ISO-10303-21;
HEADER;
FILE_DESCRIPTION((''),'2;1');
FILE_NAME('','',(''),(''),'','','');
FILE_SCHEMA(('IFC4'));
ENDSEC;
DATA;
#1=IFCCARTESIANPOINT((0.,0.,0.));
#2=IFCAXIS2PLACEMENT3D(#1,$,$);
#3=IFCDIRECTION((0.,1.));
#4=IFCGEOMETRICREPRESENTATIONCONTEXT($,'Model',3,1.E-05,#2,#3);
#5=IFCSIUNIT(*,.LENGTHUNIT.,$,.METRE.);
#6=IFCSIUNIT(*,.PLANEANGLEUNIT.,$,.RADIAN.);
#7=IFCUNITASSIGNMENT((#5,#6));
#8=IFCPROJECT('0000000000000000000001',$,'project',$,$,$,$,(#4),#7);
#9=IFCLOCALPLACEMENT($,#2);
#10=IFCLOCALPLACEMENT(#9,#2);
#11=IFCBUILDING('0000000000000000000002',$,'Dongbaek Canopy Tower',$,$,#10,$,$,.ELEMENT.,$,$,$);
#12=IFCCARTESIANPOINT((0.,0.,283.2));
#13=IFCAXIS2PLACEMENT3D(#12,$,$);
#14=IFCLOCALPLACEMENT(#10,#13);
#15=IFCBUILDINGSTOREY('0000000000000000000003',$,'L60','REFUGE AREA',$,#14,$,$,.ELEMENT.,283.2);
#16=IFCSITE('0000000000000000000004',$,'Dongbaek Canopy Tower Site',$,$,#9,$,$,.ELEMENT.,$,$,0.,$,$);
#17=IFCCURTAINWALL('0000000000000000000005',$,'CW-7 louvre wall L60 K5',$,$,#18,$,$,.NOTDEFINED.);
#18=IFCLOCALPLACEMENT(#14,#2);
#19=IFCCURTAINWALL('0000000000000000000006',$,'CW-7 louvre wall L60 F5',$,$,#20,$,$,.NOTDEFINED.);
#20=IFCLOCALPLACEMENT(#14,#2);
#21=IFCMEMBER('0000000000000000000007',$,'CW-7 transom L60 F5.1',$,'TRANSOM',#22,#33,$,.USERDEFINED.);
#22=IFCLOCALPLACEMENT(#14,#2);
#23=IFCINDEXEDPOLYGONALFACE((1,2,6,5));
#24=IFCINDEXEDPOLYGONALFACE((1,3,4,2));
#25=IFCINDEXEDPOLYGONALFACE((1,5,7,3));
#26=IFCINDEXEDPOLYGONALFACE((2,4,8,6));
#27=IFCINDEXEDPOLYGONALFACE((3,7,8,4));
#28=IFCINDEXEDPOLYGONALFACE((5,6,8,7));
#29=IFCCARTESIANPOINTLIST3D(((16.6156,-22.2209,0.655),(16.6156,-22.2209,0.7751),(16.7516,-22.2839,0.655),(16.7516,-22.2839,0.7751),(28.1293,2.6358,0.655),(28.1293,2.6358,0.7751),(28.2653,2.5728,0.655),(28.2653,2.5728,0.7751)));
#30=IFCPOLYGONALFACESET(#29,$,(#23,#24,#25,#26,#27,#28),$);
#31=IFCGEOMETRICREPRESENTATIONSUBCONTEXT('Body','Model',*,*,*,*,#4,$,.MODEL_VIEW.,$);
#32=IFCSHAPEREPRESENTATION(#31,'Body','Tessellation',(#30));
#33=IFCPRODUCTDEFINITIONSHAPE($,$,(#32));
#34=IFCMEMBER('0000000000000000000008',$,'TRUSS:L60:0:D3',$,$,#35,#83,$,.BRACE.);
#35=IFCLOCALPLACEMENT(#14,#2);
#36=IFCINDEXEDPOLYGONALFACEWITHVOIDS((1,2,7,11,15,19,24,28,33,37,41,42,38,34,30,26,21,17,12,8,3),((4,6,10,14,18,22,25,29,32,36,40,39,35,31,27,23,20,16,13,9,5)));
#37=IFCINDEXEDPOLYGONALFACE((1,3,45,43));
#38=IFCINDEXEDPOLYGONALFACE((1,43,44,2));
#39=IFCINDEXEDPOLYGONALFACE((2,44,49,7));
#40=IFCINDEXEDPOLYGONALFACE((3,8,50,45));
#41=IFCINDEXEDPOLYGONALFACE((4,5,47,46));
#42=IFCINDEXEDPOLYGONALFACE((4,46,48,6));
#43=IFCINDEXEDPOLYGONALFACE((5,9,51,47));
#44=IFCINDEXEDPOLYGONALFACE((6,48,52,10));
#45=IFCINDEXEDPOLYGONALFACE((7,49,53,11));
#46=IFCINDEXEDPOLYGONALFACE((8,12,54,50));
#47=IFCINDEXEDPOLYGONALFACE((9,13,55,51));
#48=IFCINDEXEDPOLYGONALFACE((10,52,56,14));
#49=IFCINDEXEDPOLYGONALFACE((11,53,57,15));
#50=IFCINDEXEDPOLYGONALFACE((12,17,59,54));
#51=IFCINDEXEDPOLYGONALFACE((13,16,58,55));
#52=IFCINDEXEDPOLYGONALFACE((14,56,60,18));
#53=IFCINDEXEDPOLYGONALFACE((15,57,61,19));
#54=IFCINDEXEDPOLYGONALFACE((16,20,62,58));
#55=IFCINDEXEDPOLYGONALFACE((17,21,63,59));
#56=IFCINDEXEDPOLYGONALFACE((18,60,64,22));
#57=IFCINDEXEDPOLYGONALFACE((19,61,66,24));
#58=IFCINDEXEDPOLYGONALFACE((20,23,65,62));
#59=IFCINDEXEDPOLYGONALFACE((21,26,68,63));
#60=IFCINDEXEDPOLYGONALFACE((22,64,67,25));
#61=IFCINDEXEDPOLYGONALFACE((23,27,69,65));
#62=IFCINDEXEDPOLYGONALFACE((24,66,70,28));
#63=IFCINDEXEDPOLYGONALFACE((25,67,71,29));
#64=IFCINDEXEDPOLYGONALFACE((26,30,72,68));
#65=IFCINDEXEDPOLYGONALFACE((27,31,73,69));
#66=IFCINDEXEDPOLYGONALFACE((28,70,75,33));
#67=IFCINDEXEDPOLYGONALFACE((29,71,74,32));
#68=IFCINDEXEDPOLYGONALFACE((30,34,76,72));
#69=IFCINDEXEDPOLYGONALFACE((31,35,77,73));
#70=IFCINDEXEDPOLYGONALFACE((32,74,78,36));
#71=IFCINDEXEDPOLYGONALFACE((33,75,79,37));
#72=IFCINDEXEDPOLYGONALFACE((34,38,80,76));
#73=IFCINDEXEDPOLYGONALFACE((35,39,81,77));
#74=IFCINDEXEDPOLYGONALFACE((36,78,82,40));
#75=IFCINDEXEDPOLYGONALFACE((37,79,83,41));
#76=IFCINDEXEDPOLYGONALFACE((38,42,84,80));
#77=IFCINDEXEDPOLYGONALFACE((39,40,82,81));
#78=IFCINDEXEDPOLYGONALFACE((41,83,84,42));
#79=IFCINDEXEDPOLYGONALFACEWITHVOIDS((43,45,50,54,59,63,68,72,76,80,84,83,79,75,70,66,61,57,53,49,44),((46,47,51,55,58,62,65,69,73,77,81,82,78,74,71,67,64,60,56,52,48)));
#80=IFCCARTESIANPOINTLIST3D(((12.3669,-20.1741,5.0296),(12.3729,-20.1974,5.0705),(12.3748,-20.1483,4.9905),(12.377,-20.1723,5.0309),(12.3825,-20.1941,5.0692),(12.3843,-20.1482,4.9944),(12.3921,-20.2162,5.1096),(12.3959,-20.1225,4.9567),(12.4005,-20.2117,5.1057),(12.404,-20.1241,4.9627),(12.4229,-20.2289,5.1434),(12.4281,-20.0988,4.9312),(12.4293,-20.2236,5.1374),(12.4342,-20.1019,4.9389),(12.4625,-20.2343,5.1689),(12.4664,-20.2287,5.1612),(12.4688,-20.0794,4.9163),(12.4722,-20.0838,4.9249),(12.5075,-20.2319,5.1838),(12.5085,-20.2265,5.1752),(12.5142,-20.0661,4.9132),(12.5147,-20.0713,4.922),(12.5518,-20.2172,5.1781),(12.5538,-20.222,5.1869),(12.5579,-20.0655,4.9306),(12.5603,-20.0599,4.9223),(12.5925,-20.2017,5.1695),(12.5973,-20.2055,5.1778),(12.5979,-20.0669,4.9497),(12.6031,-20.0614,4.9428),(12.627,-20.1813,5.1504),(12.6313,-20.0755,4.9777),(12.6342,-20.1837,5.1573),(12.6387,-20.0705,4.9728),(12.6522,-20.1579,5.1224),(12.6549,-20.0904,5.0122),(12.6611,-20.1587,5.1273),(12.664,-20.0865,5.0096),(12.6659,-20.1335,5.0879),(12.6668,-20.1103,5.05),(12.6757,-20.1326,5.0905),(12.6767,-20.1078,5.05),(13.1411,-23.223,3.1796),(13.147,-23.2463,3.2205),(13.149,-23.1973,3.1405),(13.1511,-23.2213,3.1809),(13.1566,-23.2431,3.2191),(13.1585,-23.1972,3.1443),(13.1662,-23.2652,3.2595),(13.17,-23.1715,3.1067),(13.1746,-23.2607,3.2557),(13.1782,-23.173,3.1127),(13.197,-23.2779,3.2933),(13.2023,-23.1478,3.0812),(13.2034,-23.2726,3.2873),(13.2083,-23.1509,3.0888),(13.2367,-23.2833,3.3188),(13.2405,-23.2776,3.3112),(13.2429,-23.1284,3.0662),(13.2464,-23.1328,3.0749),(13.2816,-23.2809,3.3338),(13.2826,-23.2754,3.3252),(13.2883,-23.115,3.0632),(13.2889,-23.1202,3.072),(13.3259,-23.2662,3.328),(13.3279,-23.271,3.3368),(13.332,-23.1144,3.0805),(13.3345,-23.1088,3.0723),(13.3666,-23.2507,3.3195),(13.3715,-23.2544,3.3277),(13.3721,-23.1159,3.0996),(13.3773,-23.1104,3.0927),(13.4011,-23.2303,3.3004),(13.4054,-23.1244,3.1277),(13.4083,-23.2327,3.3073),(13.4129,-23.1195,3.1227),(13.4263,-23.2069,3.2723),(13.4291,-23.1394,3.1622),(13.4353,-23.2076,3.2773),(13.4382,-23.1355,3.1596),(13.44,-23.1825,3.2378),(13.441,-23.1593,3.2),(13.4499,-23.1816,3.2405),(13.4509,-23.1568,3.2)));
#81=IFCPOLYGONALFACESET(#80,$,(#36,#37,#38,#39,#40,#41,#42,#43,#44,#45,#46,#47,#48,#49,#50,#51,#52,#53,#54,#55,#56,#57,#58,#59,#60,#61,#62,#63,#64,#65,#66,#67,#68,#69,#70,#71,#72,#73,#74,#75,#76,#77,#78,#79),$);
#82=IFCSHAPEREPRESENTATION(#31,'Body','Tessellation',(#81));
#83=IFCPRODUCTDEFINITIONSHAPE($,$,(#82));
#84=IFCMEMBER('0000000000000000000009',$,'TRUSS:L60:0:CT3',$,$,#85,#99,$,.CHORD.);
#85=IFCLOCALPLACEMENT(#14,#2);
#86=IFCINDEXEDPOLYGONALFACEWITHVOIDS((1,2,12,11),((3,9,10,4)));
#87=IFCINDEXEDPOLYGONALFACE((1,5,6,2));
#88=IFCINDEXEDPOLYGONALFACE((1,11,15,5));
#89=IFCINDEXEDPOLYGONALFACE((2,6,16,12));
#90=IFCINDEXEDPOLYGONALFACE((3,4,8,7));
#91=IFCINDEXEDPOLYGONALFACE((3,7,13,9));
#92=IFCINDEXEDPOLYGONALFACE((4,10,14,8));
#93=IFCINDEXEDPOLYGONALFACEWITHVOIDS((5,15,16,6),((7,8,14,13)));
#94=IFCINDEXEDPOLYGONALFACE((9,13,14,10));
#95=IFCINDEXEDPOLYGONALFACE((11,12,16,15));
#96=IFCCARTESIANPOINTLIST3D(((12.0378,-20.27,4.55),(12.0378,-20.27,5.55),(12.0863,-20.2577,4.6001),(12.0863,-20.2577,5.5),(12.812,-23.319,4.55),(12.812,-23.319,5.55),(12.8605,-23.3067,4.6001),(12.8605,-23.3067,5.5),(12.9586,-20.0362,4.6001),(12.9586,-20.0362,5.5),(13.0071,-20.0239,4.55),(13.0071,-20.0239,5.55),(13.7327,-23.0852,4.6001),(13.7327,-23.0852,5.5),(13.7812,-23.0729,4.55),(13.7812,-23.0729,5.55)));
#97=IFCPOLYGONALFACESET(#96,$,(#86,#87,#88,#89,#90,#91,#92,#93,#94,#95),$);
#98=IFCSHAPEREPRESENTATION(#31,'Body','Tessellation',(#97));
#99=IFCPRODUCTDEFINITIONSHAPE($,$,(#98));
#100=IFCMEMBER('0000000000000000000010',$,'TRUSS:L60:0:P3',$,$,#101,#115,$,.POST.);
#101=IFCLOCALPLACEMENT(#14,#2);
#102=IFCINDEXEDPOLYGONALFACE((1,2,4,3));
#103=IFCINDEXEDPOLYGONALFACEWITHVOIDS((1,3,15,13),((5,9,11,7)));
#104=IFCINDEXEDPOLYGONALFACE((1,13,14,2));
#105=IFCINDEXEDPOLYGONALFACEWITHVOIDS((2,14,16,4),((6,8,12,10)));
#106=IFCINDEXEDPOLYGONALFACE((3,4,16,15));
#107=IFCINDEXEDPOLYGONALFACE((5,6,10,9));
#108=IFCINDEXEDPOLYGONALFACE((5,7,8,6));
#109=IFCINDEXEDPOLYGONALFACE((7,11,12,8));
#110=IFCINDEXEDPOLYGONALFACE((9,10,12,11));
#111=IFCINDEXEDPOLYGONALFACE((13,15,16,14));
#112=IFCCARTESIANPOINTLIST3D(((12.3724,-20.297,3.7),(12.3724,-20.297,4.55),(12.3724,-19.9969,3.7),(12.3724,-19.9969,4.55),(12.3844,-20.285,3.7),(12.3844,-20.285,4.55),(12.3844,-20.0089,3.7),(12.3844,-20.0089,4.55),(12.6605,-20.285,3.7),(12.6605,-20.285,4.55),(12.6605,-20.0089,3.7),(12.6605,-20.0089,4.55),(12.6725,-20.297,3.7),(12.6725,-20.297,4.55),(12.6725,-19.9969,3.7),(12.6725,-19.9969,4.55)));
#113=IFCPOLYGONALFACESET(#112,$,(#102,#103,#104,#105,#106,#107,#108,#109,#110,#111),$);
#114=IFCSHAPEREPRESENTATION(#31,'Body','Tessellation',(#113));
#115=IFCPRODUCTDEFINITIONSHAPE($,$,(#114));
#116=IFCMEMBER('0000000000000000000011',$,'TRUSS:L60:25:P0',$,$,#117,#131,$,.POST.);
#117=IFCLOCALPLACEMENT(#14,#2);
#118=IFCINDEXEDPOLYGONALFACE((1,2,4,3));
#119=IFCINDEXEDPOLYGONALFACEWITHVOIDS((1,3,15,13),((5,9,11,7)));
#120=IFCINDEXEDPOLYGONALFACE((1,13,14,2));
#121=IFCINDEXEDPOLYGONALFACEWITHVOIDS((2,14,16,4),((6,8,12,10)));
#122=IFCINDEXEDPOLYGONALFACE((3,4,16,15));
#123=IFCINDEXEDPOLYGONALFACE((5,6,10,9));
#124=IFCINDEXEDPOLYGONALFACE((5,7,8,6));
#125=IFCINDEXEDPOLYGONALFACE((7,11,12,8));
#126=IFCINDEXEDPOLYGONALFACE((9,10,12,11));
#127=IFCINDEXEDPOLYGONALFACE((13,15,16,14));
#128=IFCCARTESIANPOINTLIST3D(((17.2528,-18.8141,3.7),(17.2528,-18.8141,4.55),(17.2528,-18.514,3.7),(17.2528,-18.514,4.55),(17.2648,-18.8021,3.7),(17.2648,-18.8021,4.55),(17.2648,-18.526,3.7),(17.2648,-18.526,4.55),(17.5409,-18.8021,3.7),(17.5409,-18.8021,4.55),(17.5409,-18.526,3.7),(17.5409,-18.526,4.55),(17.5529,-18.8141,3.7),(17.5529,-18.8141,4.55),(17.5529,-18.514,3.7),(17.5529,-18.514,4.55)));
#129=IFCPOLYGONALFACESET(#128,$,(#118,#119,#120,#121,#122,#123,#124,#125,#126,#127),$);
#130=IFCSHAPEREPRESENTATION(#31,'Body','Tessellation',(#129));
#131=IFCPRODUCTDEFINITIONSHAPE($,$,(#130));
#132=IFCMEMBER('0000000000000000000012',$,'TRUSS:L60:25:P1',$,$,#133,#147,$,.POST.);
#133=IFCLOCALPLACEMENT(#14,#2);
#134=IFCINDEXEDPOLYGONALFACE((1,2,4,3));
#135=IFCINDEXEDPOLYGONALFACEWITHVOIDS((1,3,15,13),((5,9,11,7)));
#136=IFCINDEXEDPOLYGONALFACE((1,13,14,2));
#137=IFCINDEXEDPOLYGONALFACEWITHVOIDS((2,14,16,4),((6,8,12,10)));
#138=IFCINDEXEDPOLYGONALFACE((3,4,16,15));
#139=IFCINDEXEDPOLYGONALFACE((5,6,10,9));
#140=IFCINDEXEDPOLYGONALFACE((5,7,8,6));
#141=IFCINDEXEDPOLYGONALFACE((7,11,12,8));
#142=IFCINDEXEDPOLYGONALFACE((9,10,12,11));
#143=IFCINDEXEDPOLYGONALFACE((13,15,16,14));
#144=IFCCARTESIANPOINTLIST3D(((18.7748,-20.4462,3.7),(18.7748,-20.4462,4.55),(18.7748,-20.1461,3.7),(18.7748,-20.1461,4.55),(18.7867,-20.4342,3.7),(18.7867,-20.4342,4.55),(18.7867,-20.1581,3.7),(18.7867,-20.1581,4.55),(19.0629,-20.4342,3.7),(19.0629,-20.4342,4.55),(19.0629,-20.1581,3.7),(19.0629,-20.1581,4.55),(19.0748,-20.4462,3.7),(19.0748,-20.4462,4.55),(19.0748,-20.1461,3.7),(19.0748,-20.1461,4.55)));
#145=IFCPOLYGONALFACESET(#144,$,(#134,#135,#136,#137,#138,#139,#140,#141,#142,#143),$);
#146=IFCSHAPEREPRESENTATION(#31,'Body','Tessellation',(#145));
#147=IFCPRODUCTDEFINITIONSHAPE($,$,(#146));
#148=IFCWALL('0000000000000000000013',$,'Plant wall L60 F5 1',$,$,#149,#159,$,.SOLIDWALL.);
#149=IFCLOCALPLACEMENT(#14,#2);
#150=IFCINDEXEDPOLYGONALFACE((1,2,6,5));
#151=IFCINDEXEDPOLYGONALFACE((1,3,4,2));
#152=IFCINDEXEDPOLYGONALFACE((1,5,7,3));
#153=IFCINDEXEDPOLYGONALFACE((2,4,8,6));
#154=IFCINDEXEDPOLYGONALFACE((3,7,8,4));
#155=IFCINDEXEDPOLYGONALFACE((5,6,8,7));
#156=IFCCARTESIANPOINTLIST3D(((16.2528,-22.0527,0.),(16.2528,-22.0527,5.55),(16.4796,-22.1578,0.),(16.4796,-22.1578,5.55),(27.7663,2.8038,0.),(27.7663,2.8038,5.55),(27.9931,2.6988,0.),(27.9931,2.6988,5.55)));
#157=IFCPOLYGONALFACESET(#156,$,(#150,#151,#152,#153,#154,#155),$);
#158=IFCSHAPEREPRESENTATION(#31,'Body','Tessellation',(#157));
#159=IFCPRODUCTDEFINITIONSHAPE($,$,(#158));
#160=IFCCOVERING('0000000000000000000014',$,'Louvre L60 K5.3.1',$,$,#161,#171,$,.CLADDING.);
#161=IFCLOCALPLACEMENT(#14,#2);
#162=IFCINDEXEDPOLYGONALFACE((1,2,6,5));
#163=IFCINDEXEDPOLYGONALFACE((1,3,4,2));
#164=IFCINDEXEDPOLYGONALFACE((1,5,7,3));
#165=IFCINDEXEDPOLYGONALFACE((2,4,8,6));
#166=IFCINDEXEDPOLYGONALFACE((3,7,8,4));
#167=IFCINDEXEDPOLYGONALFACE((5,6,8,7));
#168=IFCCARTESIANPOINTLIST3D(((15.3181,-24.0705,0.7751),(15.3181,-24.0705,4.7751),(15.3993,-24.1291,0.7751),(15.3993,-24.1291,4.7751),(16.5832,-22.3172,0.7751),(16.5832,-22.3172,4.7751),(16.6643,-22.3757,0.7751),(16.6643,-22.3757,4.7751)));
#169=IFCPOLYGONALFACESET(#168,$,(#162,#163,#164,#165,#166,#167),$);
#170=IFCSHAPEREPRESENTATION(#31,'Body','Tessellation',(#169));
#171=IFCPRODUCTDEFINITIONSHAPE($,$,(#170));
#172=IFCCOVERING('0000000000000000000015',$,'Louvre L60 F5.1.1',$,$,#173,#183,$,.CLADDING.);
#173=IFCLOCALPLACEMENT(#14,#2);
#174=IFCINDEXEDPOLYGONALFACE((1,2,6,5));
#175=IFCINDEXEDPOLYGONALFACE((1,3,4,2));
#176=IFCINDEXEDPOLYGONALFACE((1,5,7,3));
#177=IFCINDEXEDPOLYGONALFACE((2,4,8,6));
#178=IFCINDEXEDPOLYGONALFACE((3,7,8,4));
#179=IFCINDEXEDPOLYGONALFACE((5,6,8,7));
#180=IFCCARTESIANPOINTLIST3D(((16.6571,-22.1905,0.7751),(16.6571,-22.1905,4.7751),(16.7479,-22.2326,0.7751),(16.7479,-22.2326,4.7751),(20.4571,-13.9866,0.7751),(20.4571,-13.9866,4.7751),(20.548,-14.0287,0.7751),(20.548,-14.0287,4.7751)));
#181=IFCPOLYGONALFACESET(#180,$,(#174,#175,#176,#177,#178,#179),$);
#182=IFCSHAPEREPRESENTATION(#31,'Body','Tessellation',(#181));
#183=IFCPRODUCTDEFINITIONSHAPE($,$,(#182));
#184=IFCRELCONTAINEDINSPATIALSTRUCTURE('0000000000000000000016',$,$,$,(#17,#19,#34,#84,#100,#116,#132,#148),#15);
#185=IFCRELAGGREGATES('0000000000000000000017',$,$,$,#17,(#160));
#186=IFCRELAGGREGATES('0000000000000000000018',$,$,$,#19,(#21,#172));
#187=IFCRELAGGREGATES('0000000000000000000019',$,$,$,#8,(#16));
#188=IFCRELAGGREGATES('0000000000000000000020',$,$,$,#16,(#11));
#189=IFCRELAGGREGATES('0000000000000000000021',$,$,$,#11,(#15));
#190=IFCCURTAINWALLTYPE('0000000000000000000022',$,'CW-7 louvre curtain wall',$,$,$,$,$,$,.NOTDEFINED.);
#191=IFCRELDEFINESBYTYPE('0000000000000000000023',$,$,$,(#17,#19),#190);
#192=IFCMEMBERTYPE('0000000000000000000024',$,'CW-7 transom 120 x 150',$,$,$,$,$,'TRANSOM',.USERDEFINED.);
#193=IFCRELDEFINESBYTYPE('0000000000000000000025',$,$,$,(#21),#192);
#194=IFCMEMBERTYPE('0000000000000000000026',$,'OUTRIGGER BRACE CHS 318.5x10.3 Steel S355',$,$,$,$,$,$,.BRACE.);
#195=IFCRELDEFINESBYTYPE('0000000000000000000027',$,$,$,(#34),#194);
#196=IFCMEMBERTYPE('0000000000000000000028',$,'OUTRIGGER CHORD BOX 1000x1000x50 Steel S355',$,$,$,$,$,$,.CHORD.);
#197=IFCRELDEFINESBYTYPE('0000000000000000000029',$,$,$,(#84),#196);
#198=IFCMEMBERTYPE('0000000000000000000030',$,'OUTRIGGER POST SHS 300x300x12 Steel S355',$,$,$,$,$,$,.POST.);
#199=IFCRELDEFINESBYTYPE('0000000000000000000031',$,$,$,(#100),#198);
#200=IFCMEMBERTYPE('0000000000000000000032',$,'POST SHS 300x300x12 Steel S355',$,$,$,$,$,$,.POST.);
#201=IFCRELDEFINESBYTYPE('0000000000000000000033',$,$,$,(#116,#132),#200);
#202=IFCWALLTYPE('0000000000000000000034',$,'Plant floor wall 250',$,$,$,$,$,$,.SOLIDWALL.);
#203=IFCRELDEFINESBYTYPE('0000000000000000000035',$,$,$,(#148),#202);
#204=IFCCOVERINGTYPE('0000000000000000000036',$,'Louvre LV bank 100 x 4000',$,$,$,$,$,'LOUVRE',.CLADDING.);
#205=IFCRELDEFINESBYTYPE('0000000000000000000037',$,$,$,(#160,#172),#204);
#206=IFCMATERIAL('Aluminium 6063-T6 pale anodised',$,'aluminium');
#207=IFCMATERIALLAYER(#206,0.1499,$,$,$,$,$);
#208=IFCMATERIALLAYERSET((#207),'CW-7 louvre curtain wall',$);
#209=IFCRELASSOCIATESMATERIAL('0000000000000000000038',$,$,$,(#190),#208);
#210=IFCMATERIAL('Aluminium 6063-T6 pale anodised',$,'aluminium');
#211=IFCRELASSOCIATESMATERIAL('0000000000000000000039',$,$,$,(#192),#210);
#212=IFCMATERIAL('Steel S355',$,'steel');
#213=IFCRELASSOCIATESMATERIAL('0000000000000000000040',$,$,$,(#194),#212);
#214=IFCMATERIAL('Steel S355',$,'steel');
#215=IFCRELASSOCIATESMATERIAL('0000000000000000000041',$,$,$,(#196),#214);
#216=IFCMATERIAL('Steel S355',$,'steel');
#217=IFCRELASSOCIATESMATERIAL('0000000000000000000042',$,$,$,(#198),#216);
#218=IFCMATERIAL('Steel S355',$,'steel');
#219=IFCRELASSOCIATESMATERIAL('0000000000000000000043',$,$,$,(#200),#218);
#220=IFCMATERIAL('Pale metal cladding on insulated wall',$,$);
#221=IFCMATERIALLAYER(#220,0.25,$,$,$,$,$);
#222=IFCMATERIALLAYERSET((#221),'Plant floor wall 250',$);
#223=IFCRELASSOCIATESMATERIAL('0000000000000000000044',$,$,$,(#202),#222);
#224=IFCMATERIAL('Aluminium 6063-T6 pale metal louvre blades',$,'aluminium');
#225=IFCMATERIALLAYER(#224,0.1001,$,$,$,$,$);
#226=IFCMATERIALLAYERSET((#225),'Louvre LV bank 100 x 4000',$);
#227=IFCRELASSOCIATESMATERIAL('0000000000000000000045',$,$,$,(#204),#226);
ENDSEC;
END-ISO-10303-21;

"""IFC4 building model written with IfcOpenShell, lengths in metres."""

from ifc_helpers import new_model, si_unit, direction, frame, frame_2d, origin, origin_2d, place, context, subcontext, project, spatial, rectangle, hollow_rectangle, hollow_circle, extrude, material, layer, layer_set, material_profile, profile_set, type_object, element, aggregate, save


model = new_model("IFC4")

# Units and contexts
model_context = context("Model", 3, precision=1e-05, world=origin(), true_north=direction((0.0, 1.0)))
body_context = subcontext(model_context, "Body", "Model", "MODEL_VIEW")
ifc_project = project(units=[si_unit("LENGTHUNIT", "METRE"), si_unit("PLANEANGLEUNIT", "RADIAN")], contexts=[model_context])

# Site, building, storey
site_placement = place(None, origin())
site = spatial("IfcSite", under=ifc_project, at=site_placement, Name="Dongbaek Canopy Tower Site", CompositionType="ELEMENT", RefElevation=0.0)
building_placement = place(site_placement, origin())
building = spatial("IfcBuilding", under=site, at=building_placement, Name="Dongbaek Canopy Tower", CompositionType="ELEMENT")
storey_placement = place(building_placement, frame((0.0, 0.0, 283.2)))
storey = spatial("IfcBuildingStorey", under=building, at=storey_placement, Name="L60", Description="REFUGE AREA", CompositionType="ELEMENT", Elevation=283.2)

# Curtain wall
ifc_material_1 = material(Name="Aluminium 6063-T6 pale anodised", Category="aluminium")
ifc_layer_1 = layer(ifc_material_1, 0.1499)
ifc_layer_set_1 = layer_set([ifc_layer_1], Name="CW-7 louvre curtain wall")
curtain_wall_type = type_object("IfcCurtainWallType", Name="CW-7 louvre curtain wall", PredefinedType="NOTDEFINED", material=ifc_layer_set_1)
curtain_wall_1_placement = place(storey_placement, origin())
curtain_wall_1 = element("IfcCurtainWall", 1, at=curtain_wall_1_placement, inside=storey, type_object=curtain_wall_type, Name="CW-7 louvre wall L60 K5", PredefinedType="NOTDEFINED")

# Curtain wall, member
curtain_wall_2_placement = place(storey_placement, origin())
curtain_wall_2 = element("IfcCurtainWall", 2, at=curtain_wall_2_placement, inside=storey, type_object=curtain_wall_type, Name="CW-7 louvre wall L60 F5", PredefinedType="NOTDEFINED")
ifc_material_2 = material(Name="Aluminium 6063-T6 pale anodised", Category="aluminium")
ifc_material_profile_1 = material_profile(ifc_material_2, rectangle(XDim=0.1499, YDim=0.1201, at=origin_2d()), Name="CW-7 transom 120 x 150")
ifc_profile_set_1 = profile_set([ifc_material_profile_1], Name="Aluminium 6063-T6 pale anodised")
member_type_1 = type_object("IfcMemberType", Name="CW-7 transom 120 x 150", ElementType="TRANSOM", PredefinedType="USERDEFINED", material=ifc_profile_set_1)
member_1_placement = place(storey_placement, frame((16.6836, -22.2524, 0.7151), z_axis=(0.420302, 0.907384, 0.0), x_axis=(-0.907384, 0.420302, 0.0)))
member_1 = element("IfcMember", 3, at=member_1_placement, type_object=member_type_1, Name="CW-7 transom L60 F5.1", ObjectType="TRANSOM", PredefinedType="USERDEFINED", context=body_context, shape_type="SweptSolid", body=[
    extrude(rectangle(XDim=0.1499, YDim=0.1201, at=origin_2d()), origin(), (0.0, 0.0, 1.0), 27.3938),
])

# Members
ifc_material_3 = material(Name="Steel S355", Category="steel")
ifc_material_profile_2 = material_profile(ifc_material_3, hollow_circle(Radius=0.1592, WallThickness=0.0103, at=origin_2d()), Name="OUTRIGGER BRACE CHS 318.5x10.3 Steel S355")
ifc_profile_set_2 = profile_set([ifc_material_profile_2], Name="Steel S355")
member_type_2 = type_object("IfcMemberType", Name="OUTRIGGER BRACE CHS 318.5x10.3 Steel S355", PredefinedType="BRACE", material=ifc_profile_set_2)
member_2_placement = place(storey_placement, frame((12.5225, -20.147, 5.05), z_axis=(0.212129, -0.835471, -0.506942), x_axis=(0.969246, 0.246095, 0.0)))
element("IfcMember", 4, at=member_2_placement, inside=storey, type_object=member_type_2, Name="TRUSS:L60:0:D3", PredefinedType="BRACE", context=body_context, shape_type="SweptSolid", body=[
    extrude(hollow_circle(Radius=0.1592, WallThickness=0.0103, at=origin_2d()), origin(), (0.0, 0.0, 1.0), 3.6494),
])
ifc_material_4 = material(Name="Steel S355", Category="steel")
ifc_material_profile_3 = material_profile(ifc_material_4, hollow_rectangle(XDim=1.0, YDim=1.0, WallThickness=0.05, at=origin_2d()), Name="OUTRIGGER CHORD BOX 1000x1000x50 Steel S355")
ifc_profile_set_3 = profile_set([ifc_material_profile_3], Name="Steel S355")
member_type_3 = type_object("IfcMemberType", Name="OUTRIGGER CHORD BOX 1000x1000x50 Steel S355", PredefinedType="CHORD", material=ifc_profile_set_3)
member_3_placement = place(storey_placement, frame((12.5225, -20.147, 5.05), z_axis=(0.246095, -0.969246, 0.0), x_axis=(0.969246, 0.246095, 0.0)))
element("IfcMember", 5, at=member_3_placement, inside=storey, type_object=member_type_3, Name="TRUSS:L60:0:CT3", PredefinedType="CHORD", context=body_context, shape_type="SweptSolid", body=[
    extrude(hollow_rectangle(XDim=1.0, YDim=1.0, WallThickness=0.05, at=origin_2d()), origin(), (0.0, 0.0, 1.0), 3.1458),
])
ifc_material_5 = material(Name="Steel S355", Category="steel")
ifc_material_profile_4 = material_profile(ifc_material_5, hollow_rectangle(XDim=0.3, YDim=0.3, WallThickness=0.012, at=origin_2d()), Name="OUTRIGGER POST SHS 300x300x12 Steel S355")
ifc_profile_set_4 = profile_set([ifc_material_profile_4], Name="Steel S355")
member_type_4 = type_object("IfcMemberType", Name="OUTRIGGER POST SHS 300x300x12 Steel S355", PredefinedType="POST", material=ifc_profile_set_4)
member_4_placement = place(storey_placement, frame((12.5225, -20.147, 3.7), z_axis=(0.0, 0.0, 1.0), x_axis=(1.0, 0.0, 0.0)))
element("IfcMember", 6, at=member_4_placement, inside=storey, type_object=member_type_4, Name="TRUSS:L60:0:P3", PredefinedType="POST", context=body_context, shape_type="SweptSolid", body=[
    extrude(hollow_rectangle(XDim=0.3, YDim=0.3, WallThickness=0.012, at=origin_2d()), origin(), (0.0, 0.0, 1.0), 0.8501),
])
ifc_material_6 = material(Name="Steel S355", Category="steel")
ifc_material_profile_5 = material_profile(ifc_material_6, hollow_rectangle(XDim=0.3, YDim=0.3, WallThickness=0.012, at=origin_2d()), Name="POST SHS 300x300x12 Steel S355")
ifc_profile_set_5 = profile_set([ifc_material_profile_5], Name="Steel S355")
member_type_5 = type_object("IfcMemberType", Name="POST SHS 300x300x12 Steel S355", PredefinedType="POST", material=ifc_profile_set_5)
for number, where, z_axis, x_axis, name in (
    (7, (17.4028, -18.6641, 3.7), (0.0, 0.0, 1.0), (1.0, 0.0, 0.0), "TRUSS:L60:25:P0"),
    (8, (18.9248, -20.2961, 3.7), (0.0, 0.0, 1.0), (1.0, 0.0, 0.0), "TRUSS:L60:25:P1"),
):
    element("IfcMember", number, at=place(storey_placement, frame(where, z_axis=z_axis, x_axis=x_axis)), inside=storey, type_object=member_type_5, Name=name, PredefinedType="POST", context=body_context, shape_type="SweptSolid", body=[
        extrude(hollow_rectangle(XDim=0.3, YDim=0.3, WallThickness=0.012, at=origin_2d()), origin(), (0.0, 0.0, 1.0), 0.8501),
    ])

# Wall
ifc_material_7 = material(Name="Pale metal cladding on insulated wall")
ifc_layer_2 = layer(ifc_material_7, 0.25)
ifc_layer_set_2 = layer_set([ifc_layer_2], Name="Plant floor wall 250")
wall_type = type_object("IfcWallType", Name="Plant floor wall 250", PredefinedType="SOLIDWALL", material=ifc_layer_set_2)
wall_placement = place(storey_placement, frame((16.3662, -22.1052, 0.0), z_axis=(0.0, 0.0, 1.0), x_axis=(0.420298, 0.907386, 0.0)))
element("IfcWall", 9, at=wall_placement, inside=storey, type_object=wall_type, Name="Plant wall L60 F5 1", PredefinedType="SOLIDWALL", context=body_context, shape_type="SweptSolid", body=[
    extrude(rectangle(XDim=27.3936, YDim=0.25, at=frame_2d((13.6968, 0.0))), origin(), (0.0, 0.0, 1.0), 5.55),
])

# Coverings
ifc_material_8 = material(Name="Aluminium 6063-T6 pale metal louvre blades", Category="aluminium")
ifc_layer_3 = layer(ifc_material_8, 0.1001)
ifc_layer_set_3 = layer_set([ifc_layer_3], Name="Louvre LV bank 100 x 4000")
covering_type = type_object("IfcCoveringType", Name="Louvre LV bank 100 x 4000", ElementType="LOUVRE", PredefinedType="CLADDING", material=ifc_layer_set_3)
covering_1_placement = place(storey_placement, frame((15.9912, -23.2231, 0.7751), z_axis=(0.0, 0.0, 1.0), x_axis=(0.585115, 0.81095, 0.0)))
covering_1 = element("IfcCovering", 10, at=covering_1_placement, type_object=covering_type, Name="Louvre L60 K5.3.1", PredefinedType="CLADDING", context=body_context, shape_type="SweptSolid", body=[
    extrude(rectangle(XDim=2.1621, YDim=0.1001, at=origin_2d()), origin(), (0.0, 0.0, 1.0), 4.0),
])
covering_2_placement = place(storey_placement, frame((18.6025, -18.1096, 0.7751), z_axis=(0.0, 0.0, 1.0), x_axis=(0.4203, 0.907385, 0.0)))
covering_2 = element("IfcCovering", 11, at=covering_2_placement, type_object=covering_type, Name="Louvre L60 F5.1.1", PredefinedType="CLADDING", context=body_context, shape_type="SweptSolid", body=[
    extrude(rectangle(XDim=9.0413, YDim=0.1001, at=origin_2d()), origin(), (0.0, 0.0, 1.0), 4.0),
])

aggregate(curtain_wall_1, [covering_1])
aggregate(curtain_wall_2, [member_1, covering_2])

save(model, "model.ifc")
